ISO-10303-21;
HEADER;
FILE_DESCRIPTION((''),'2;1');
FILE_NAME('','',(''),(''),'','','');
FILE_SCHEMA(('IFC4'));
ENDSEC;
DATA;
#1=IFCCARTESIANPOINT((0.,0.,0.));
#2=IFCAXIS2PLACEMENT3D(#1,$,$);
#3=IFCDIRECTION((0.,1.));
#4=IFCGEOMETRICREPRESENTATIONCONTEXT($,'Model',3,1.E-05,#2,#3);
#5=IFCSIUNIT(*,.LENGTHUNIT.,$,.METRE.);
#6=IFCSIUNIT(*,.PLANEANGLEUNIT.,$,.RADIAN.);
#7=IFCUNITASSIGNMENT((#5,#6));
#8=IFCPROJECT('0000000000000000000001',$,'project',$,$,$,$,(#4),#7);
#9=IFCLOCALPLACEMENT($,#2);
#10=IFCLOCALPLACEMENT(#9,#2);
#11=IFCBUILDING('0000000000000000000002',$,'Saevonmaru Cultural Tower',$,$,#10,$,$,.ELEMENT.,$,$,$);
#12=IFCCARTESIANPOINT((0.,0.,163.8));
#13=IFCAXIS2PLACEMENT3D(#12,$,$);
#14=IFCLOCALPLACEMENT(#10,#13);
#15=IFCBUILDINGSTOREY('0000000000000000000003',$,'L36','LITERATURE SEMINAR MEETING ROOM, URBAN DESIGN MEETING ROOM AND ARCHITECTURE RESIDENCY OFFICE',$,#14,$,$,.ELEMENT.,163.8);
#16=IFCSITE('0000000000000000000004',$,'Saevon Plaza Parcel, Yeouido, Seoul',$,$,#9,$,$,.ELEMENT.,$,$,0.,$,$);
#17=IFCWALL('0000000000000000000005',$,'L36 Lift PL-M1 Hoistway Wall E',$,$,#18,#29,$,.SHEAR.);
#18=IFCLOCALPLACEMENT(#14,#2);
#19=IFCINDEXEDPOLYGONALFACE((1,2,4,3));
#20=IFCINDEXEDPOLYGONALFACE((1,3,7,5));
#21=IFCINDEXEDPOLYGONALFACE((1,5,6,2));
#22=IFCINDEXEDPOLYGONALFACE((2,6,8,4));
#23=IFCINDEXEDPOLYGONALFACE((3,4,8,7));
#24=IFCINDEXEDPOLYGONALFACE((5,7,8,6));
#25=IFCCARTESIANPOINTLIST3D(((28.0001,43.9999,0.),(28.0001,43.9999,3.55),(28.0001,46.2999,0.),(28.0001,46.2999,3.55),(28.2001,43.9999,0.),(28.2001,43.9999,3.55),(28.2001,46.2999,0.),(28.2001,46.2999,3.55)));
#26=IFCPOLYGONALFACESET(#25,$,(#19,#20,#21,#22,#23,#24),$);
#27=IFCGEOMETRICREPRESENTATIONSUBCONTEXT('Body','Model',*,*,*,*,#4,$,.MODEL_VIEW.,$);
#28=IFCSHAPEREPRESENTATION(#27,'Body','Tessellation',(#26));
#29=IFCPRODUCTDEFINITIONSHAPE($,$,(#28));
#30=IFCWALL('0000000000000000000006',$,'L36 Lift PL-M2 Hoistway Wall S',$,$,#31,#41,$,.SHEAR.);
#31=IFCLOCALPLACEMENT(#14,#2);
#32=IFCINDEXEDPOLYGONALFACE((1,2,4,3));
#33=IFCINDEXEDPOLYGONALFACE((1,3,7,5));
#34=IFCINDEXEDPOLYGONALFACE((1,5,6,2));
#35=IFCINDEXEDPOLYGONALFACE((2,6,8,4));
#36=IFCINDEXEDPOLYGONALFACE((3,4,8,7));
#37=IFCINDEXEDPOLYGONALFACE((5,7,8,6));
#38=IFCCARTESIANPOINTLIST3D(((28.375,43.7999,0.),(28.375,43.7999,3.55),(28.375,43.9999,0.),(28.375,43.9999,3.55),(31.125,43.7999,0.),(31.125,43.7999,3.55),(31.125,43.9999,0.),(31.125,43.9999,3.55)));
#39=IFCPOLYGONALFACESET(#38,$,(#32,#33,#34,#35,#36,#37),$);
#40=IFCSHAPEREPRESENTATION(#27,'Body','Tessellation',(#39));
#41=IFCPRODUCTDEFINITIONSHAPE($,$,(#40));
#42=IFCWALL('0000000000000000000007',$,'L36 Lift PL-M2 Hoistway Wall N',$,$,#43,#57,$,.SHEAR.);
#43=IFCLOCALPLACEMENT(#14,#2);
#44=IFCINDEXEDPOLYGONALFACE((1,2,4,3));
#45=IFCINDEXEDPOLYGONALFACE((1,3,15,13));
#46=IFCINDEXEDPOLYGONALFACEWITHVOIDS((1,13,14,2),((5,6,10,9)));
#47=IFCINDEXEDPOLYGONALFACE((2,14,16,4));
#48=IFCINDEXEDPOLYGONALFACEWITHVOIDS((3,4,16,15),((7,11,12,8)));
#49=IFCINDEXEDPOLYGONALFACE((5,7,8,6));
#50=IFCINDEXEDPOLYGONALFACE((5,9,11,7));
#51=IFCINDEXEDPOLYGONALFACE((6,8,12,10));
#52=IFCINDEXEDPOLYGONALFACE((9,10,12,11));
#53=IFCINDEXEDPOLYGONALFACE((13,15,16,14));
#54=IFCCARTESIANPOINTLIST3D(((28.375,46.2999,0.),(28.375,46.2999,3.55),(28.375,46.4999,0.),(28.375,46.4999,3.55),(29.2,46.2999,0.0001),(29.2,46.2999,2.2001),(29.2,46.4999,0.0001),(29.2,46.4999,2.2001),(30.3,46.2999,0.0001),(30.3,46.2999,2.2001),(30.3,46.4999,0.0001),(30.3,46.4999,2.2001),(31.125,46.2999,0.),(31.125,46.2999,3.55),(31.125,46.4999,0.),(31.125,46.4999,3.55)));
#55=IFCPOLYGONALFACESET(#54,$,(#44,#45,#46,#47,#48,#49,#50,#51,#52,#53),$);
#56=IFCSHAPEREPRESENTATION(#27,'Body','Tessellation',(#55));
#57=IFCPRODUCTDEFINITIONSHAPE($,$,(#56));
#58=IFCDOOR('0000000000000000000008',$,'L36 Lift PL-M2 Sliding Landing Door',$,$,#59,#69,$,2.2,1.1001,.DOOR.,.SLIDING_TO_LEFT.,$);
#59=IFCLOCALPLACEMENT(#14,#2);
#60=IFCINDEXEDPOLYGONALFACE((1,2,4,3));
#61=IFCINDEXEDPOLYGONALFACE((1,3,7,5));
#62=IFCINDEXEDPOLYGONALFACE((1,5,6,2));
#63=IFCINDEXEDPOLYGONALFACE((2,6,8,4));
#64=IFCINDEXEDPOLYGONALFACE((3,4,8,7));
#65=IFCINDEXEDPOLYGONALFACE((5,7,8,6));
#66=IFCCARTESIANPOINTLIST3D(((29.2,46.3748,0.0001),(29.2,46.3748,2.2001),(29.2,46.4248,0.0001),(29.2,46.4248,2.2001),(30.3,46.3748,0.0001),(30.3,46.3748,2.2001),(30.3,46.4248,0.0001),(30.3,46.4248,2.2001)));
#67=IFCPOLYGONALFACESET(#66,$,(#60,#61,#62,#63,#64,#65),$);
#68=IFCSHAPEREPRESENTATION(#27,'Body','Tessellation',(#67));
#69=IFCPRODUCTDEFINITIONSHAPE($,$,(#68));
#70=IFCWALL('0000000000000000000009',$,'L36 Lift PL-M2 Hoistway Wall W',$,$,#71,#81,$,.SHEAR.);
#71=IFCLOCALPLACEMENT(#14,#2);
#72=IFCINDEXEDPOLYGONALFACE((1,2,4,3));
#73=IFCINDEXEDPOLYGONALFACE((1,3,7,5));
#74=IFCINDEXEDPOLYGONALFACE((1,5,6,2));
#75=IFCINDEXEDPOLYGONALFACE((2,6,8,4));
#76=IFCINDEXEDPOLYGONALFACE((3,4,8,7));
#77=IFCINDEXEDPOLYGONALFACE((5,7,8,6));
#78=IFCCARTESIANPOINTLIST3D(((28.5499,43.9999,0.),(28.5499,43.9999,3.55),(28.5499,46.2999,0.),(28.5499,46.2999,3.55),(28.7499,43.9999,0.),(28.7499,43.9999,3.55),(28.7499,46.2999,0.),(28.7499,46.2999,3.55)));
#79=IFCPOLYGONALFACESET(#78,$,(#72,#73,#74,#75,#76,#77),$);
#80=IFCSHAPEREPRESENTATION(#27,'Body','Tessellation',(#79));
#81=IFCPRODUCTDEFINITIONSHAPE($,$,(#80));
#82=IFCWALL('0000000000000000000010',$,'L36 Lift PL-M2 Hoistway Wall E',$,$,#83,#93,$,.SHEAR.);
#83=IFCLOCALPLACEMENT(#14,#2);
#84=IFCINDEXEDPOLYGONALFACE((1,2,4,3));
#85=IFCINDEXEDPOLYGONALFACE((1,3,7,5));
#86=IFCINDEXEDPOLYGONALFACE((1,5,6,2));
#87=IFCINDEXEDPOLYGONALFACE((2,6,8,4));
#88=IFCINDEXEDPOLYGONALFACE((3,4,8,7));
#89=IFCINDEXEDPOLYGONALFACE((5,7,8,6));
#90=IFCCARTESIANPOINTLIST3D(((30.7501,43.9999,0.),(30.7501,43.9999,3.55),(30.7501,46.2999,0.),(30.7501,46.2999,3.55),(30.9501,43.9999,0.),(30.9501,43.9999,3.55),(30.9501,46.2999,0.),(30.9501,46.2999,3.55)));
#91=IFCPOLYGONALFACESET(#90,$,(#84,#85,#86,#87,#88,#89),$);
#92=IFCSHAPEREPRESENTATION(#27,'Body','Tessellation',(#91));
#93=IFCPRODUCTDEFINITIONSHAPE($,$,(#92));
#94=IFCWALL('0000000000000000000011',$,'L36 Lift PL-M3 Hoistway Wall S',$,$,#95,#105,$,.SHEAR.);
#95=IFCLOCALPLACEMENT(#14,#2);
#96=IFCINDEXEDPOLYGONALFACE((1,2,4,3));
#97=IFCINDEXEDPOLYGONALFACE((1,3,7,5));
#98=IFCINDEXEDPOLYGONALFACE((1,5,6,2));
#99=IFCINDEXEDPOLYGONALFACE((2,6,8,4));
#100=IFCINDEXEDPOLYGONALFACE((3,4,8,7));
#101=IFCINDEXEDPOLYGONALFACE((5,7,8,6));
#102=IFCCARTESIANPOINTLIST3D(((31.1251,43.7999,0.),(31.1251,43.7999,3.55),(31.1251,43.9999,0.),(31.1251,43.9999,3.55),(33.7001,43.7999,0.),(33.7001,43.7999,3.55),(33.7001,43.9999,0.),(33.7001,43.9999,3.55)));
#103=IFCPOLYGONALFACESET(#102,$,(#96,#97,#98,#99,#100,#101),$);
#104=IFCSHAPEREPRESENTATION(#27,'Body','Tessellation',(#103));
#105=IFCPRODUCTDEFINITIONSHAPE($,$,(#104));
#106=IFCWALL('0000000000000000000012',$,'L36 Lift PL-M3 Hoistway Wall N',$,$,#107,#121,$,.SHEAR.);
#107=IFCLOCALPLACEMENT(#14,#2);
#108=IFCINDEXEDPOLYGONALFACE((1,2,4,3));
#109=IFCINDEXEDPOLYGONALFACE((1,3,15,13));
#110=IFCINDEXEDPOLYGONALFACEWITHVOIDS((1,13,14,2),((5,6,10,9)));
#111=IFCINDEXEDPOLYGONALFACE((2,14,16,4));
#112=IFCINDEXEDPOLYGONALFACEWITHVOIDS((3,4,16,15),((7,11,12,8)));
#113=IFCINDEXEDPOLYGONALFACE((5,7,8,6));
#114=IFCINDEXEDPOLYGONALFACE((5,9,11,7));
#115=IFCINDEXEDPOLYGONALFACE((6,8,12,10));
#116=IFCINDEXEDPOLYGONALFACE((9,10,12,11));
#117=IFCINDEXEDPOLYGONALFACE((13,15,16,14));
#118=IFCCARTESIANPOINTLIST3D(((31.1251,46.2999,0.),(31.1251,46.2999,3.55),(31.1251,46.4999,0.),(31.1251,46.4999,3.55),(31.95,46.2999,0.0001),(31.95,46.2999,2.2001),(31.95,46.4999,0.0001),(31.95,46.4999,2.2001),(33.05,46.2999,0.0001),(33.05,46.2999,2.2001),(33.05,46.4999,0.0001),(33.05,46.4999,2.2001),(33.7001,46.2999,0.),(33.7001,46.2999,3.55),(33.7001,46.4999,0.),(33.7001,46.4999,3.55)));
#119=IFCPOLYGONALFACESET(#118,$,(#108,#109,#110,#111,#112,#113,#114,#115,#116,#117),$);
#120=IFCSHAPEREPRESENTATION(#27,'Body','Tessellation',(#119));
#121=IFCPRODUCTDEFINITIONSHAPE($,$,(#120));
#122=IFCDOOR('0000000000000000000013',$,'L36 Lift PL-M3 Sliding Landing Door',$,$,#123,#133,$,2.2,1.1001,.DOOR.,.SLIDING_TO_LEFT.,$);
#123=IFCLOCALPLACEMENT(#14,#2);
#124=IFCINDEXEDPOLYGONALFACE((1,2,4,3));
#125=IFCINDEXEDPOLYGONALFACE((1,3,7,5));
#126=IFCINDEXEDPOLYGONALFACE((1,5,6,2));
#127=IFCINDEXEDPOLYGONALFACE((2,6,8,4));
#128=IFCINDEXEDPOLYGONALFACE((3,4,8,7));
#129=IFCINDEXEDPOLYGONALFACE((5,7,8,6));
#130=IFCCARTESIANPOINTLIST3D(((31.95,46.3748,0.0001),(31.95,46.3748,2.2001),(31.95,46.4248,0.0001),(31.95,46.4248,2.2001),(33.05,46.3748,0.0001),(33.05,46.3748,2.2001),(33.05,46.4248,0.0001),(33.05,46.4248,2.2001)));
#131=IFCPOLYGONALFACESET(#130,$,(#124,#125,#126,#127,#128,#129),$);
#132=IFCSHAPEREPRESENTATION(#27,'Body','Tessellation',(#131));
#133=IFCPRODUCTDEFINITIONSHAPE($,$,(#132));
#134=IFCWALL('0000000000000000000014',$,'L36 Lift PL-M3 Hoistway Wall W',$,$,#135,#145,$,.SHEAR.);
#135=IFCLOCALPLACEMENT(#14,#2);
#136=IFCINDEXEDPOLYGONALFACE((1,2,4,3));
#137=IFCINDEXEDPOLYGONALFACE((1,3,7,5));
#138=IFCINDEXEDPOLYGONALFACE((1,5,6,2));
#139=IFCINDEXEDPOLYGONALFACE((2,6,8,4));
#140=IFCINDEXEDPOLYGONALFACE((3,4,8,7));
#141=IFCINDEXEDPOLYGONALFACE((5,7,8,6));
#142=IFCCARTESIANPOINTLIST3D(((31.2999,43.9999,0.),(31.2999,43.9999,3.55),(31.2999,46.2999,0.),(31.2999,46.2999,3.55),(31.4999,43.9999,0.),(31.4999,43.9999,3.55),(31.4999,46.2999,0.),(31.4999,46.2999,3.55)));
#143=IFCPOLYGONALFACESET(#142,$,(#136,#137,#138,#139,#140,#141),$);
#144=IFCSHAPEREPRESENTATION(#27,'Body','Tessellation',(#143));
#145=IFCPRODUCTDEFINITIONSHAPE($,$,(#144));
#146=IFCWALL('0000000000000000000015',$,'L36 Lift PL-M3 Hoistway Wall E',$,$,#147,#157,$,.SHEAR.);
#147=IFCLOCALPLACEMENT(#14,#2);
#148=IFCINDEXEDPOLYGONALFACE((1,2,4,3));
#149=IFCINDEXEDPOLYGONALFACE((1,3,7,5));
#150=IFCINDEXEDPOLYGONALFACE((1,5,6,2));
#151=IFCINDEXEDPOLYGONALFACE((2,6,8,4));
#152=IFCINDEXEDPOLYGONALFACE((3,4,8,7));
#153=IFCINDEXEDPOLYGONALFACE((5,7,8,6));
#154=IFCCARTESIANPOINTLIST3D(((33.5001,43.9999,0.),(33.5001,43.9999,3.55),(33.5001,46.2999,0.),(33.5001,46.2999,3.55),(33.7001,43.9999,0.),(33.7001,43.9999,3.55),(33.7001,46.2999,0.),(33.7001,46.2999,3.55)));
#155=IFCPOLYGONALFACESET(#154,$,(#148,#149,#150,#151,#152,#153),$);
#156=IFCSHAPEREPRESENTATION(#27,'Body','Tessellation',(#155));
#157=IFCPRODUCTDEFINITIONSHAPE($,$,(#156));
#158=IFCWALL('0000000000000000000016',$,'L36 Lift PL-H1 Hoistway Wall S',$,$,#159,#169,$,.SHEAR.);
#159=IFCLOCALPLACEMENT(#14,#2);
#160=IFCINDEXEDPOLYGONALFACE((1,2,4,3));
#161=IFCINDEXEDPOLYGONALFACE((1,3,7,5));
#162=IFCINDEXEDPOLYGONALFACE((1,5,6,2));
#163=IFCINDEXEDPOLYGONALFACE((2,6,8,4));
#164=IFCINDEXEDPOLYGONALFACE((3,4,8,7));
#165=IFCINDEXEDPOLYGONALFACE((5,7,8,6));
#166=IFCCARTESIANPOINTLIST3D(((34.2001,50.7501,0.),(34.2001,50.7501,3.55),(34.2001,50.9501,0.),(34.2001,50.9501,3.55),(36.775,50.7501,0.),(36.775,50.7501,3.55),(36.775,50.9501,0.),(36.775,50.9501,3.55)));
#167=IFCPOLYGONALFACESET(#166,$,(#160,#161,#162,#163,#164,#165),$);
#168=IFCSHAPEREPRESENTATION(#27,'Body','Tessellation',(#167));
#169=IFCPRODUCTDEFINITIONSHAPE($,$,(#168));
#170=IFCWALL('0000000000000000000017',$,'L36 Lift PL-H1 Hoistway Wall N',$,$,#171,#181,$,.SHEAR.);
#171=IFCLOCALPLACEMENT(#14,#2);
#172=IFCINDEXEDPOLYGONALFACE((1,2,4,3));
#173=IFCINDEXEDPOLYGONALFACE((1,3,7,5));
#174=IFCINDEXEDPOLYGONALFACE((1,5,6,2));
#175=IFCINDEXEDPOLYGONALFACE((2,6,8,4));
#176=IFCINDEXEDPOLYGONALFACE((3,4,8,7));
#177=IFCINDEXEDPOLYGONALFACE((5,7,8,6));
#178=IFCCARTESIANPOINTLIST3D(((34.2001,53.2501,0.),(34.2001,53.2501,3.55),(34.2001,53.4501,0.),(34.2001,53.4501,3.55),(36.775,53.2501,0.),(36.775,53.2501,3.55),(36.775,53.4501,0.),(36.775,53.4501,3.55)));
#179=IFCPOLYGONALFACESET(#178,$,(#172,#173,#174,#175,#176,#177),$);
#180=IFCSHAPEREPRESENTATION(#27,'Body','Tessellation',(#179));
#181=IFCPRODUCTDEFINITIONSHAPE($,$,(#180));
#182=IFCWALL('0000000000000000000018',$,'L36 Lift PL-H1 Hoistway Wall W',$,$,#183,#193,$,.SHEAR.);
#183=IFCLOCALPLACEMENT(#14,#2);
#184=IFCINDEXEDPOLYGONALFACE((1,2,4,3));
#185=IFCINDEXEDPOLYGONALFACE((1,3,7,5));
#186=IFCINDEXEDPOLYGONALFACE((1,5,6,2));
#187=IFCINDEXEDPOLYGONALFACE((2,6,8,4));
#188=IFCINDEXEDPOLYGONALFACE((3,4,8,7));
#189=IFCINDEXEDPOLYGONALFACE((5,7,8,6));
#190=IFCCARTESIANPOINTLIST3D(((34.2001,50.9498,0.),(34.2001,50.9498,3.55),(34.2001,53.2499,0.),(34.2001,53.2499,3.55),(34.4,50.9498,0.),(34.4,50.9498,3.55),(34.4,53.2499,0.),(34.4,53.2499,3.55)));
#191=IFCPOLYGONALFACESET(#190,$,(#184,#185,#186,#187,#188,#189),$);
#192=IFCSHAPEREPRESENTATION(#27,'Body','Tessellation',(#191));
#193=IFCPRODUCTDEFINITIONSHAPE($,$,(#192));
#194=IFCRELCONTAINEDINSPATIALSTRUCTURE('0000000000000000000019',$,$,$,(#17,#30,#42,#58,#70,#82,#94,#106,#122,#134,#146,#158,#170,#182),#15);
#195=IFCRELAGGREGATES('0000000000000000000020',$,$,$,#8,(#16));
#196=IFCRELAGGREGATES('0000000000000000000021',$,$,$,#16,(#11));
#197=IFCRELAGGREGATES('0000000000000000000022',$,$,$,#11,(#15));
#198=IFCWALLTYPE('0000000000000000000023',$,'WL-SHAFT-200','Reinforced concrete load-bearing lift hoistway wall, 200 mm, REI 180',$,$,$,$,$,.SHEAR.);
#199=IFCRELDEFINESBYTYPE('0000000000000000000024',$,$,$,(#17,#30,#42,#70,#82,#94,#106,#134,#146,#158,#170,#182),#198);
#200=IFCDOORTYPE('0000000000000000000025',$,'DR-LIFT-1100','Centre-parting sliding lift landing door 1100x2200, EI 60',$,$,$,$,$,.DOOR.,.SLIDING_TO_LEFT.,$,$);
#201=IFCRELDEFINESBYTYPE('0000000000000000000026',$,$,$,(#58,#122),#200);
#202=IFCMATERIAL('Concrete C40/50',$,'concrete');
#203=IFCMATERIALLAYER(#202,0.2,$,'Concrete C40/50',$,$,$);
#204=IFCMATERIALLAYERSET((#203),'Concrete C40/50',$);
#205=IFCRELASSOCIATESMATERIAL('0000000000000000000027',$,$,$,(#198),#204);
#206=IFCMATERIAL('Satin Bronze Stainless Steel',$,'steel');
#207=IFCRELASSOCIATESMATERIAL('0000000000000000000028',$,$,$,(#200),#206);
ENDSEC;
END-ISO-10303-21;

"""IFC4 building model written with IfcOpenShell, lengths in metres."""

from ifc_helpers import new_model, si_unit, direction, frame, frame_2d, origin, place, context, subcontext, project, spatial, rectangle, extrude, material, layer, layer_set, type_object, element, fill, save


model = new_model("IFC4")

# Units and contexts
model_context = context("Model", 3, precision=1e-05, world=origin(), true_north=direction((0.0, 1.0)))
body_context = subcontext(model_context, "Body", "Model", "MODEL_VIEW")
ifc_project = project(units=[si_unit("LENGTHUNIT", "METRE"), si_unit("PLANEANGLEUNIT", "RADIAN")], contexts=[model_context])

# Site, building, storey
site_placement = place(None, origin())
site = spatial("IfcSite", under=ifc_project, at=site_placement, Name="Saevon Plaza Parcel, Yeouido, Seoul", CompositionType="ELEMENT", RefElevation=0.0)
building_placement = place(site_placement, origin())
building = spatial("IfcBuilding", under=site, at=building_placement, Name="Saevonmaru Cultural Tower", CompositionType="ELEMENT")
storey_placement = place(building_placement, frame((0.0, 0.0, 163.8)))
storey = spatial("IfcBuildingStorey", under=building, at=storey_placement, Name="L36", Description="LITERATURE SEMINAR MEETING ROOM, URBAN DESIGN MEETING ROOM AND ARCHITECTURE RESIDENCY OFFICE", CompositionType="ELEMENT", Elevation=163.8)

# Walls
ifc_material_1 = material(Name="Concrete C40/50", Category="concrete")
ifc_layer_1 = layer(ifc_material_1, 0.2, Name="Concrete C40/50")
ifc_layer_set_1 = layer_set([ifc_layer_1], Name="Concrete C40/50")
wall_type_1 = type_object("IfcWallType", Name="WL-SHAFT-200", Description="Reinforced concrete load-bearing lift hoistway wall, 200 mm, REI 180", PredefinedType="SHEAR", material=ifc_layer_set_1)
for number, where, z_axis, x_axis, name in (
    (1, (28.1001, 44.0, 0.0), (0.0, 0.0, 1.0), (0.0, 1.0, 0.0), "L36 Lift PL-M1 Hoistway Wall E"),
):
    element("IfcWall", number, at=place(storey_placement, frame(where, z_axis=z_axis, x_axis=x_axis)), inside=storey, type_object=wall_type_1, Name=name, PredefinedType="SHEAR", context=body_context, shape_type="SweptSolid", body=[
        extrude(rectangle(XDim=2.3, YDim=0.2, at=frame_2d((1.1499, 0.0))), origin(), (0.0, 0.0, 1.0), 3.55),
    ])
wall_1_placement = place(storey_placement, frame((28.375, 43.8999, 0.0), z_axis=(0.0, 0.0, 1.0), x_axis=(1.0, 0.0, 0.0)))
element("IfcWall", 2, at=wall_1_placement, inside=storey, type_object=wall_type_1, Name="L36 Lift PL-M2 Hoistway Wall S", PredefinedType="SHEAR", context=body_context, shape_type="SweptSolid", body=[
    extrude(rectangle(XDim=2.75, YDim=0.2, at=frame_2d((1.375, 0.0))), origin(), (0.0, 0.0, 1.0), 3.55),
])

# Wall, opening, door
wall_2_placement = place(storey_placement, frame((28.375, 46.3999, 0.0), z_axis=(0.0, 0.0, 1.0), x_axis=(1.0, 0.0, 0.0)))
wall_2 = element("IfcWall", 3, at=wall_2_placement, inside=storey, type_object=wall_type_1, Name="L36 Lift PL-M2 Hoistway Wall N", PredefinedType="SHEAR", context=body_context, shape_type="SweptSolid", body=[
    extrude(rectangle(XDim=2.75, YDim=0.2, at=frame_2d((1.375, 0.0))), origin(), (0.0, 0.0, 1.0), 3.55),
])
opening_1_placement = place(wall_2_placement, frame((0.825, 0.0, 0.0)))
opening_1 = element("IfcOpeningElement", 4, at=opening_1_placement, cuts=wall_2, PredefinedType="OPENING", context=body_context, shape_type="SweptSolid", body=[
    extrude(rectangle(XDim=1.1001, YDim=2.2, at=frame_2d((0.55, 1.1001))), frame((0.0, 0.1099, 0.0), z_axis=(0.0, -1.0, 0.0), x_axis=(1.0, 0.0, 0.0)), (0.0, 0.0, 1.0), 0.22),
])
ifc_material_2 = material(Name="Satin Bronze Stainless Steel", Category="steel")
door_type_1 = type_object("IfcDoorType", Name="DR-LIFT-1100", Description="Centre-parting sliding lift landing door 1100x2200, EI 60", OperationType="SLIDING_TO_LEFT", PredefinedType="DOOR", material=ifc_material_2)
door_1_placement = place(opening_1_placement, origin())
door_1 = element("IfcDoor", 5, at=door_1_placement, inside=storey, type_object=door_type_1, Name="L36 Lift PL-M2 Sliding Landing Door", OperationType="SLIDING_TO_LEFT", OverallHeight=2.2, OverallWidth=1.1001, PredefinedType="DOOR", context=body_context, shape_type="SweptSolid", body=[
    extrude(rectangle(XDim=1.1001, YDim=2.2, at=frame_2d((0.55, 1.1001))), frame((0.0, 0.0249, 0.0), z_axis=(0.0, -1.0, 0.0), x_axis=(1.0, 0.0, 0.0)), (0.0, 0.0, 1.0), 0.05),
])
fill(opening_1, door_1)

# Walls
for number, where, z_axis, x_axis, name in (
    (6, (28.6499, 44.0, 0.0), (0.0, 0.0, 1.0), (0.0, 1.0, 0.0), "L36 Lift PL-M2 Hoistway Wall W"),
    (7, (30.8501, 44.0, 0.0), (0.0, 0.0, 1.0), (0.0, 1.0, 0.0), "L36 Lift PL-M2 Hoistway Wall E"),
):
    element("IfcWall", number, at=place(storey_placement, frame(where, z_axis=z_axis, x_axis=x_axis)), inside=storey, type_object=wall_type_1, Name=name, PredefinedType="SHEAR", context=body_context, shape_type="SweptSolid", body=[
        extrude(rectangle(XDim=2.3, YDim=0.2, at=frame_2d((1.1499, 0.0))), origin(), (0.0, 0.0, 1.0), 3.55),
    ])
wall_3_placement = place(storey_placement, frame((31.125, 43.8999, 0.0), z_axis=(0.0, 0.0, 1.0), x_axis=(1.0, 0.0, 0.0)))
element("IfcWall", 8, at=wall_3_placement, inside=storey, type_object=wall_type_1, Name="L36 Lift PL-M3 Hoistway Wall S", PredefinedType="SHEAR", context=body_context, shape_type="SweptSolid", body=[
    extrude(rectangle(XDim=2.575, YDim=0.2, at=frame_2d((1.2876, 0.0))), origin(), (0.0, 0.0, 1.0), 3.55),
])

# Wall, opening, door
wall_4_placement = place(storey_placement, frame((31.125, 46.3999, 0.0), z_axis=(0.0, 0.0, 1.0), x_axis=(1.0, 0.0, 0.0)))
wall_4 = element("IfcWall", 9, at=wall_4_placement, inside=storey, type_object=wall_type_1, Name="L36 Lift PL-M3 Hoistway Wall N", PredefinedType="SHEAR", context=body_context, shape_type="SweptSolid", body=[
    extrude(rectangle(XDim=2.575, YDim=0.2, at=frame_2d((1.2876, 0.0))), origin(), (0.0, 0.0, 1.0), 3.55),
])
opening_2_placement = place(wall_4_placement, frame((0.825, 0.0, 0.0)))
opening_2 = element("IfcOpeningElement", 10, at=opening_2_placement, cuts=wall_4, PredefinedType="OPENING", context=body_context, shape_type="SweptSolid", body=[
    extrude(rectangle(XDim=1.1001, YDim=2.2, at=frame_2d((0.55, 1.1001))), frame((0.0, 0.1099, 0.0), z_axis=(0.0, -1.0, 0.0), x_axis=(1.0, 0.0, 0.0)), (0.0, 0.0, 1.0), 0.22),
])
door_2_placement = place(opening_2_placement, origin())
door_2 = element("IfcDoor", 11, at=door_2_placement, inside=storey, type_object=door_type_1, Name="L36 Lift PL-M3 Sliding Landing Door", OperationType="SLIDING_TO_LEFT", OverallHeight=2.2, OverallWidth=1.1001, PredefinedType="DOOR", context=body_context, shape_type="SweptSolid", body=[
    extrude(rectangle(XDim=1.1001, YDim=2.2, at=frame_2d((0.55, 1.1001))), frame((0.0, 0.0249, 0.0), z_axis=(0.0, -1.0, 0.0), x_axis=(1.0, 0.0, 0.0)), (0.0, 0.0, 1.0), 0.05),
])
fill(opening_2, door_2)

# Walls
for number, where, z_axis, x_axis, name in (
    (12, (31.3999, 44.0, 0.0), (0.0, 0.0, 1.0), (0.0, 1.0, 0.0), "L36 Lift PL-M3 Hoistway Wall W"),
    (13, (33.6001, 44.0, 0.0), (0.0, 0.0, 1.0), (0.0, 1.0, 0.0), "L36 Lift PL-M3 Hoistway Wall E"),
):
    element("IfcWall", number, at=place(storey_placement, frame(where, z_axis=z_axis, x_axis=x_axis)), inside=storey, type_object=wall_type_1, Name=name, PredefinedType="SHEAR", context=body_context, shape_type="SweptSolid", body=[
        extrude(rectangle(XDim=2.3, YDim=0.2, at=frame_2d((1.1499, 0.0))), origin(), (0.0, 0.0, 1.0), 3.55),
    ])
for number, where, z_axis, x_axis, name in (
    (14, (34.2, 50.8501, 0.0), (0.0, 0.0, 1.0), (1.0, 0.0, 0.0), "L36 Lift PL-H1 Hoistway Wall S"),
    (15, (34.2, 53.3501, 0.0), (0.0, 0.0, 1.0), (1.0, 0.0, 0.0), "L36 Lift PL-H1 Hoistway Wall N"),
):
    element("IfcWall", number, at=place(storey_placement, frame(where, z_axis=z_axis, x_axis=x_axis)), inside=storey, type_object=wall_type_1, Name=name, PredefinedType="SHEAR", context=body_context, shape_type="SweptSolid", body=[
        extrude(rectangle(XDim=2.575, YDim=0.2, at=frame_2d((1.2876, 0.0))), origin(), (0.0, 0.0, 1.0), 3.55),
    ])
wall_5_placement = place(storey_placement, frame((34.3, 50.95, 0.0), z_axis=(0.0, 0.0, 1.0), x_axis=(0.0, 1.0, 0.0)))
element("IfcWall", 16, at=wall_5_placement, inside=storey, type_object=wall_type_1, Name="L36 Lift PL-H1 Hoistway Wall W", PredefinedType="SHEAR", context=body_context, shape_type="SweptSolid", body=[
    extrude(rectangle(XDim=2.3, YDim=0.2, at=frame_2d((1.1499, 0.0))), origin(), (0.0, 0.0, 1.0), 3.55),
])

save(model, "model.ifc")
